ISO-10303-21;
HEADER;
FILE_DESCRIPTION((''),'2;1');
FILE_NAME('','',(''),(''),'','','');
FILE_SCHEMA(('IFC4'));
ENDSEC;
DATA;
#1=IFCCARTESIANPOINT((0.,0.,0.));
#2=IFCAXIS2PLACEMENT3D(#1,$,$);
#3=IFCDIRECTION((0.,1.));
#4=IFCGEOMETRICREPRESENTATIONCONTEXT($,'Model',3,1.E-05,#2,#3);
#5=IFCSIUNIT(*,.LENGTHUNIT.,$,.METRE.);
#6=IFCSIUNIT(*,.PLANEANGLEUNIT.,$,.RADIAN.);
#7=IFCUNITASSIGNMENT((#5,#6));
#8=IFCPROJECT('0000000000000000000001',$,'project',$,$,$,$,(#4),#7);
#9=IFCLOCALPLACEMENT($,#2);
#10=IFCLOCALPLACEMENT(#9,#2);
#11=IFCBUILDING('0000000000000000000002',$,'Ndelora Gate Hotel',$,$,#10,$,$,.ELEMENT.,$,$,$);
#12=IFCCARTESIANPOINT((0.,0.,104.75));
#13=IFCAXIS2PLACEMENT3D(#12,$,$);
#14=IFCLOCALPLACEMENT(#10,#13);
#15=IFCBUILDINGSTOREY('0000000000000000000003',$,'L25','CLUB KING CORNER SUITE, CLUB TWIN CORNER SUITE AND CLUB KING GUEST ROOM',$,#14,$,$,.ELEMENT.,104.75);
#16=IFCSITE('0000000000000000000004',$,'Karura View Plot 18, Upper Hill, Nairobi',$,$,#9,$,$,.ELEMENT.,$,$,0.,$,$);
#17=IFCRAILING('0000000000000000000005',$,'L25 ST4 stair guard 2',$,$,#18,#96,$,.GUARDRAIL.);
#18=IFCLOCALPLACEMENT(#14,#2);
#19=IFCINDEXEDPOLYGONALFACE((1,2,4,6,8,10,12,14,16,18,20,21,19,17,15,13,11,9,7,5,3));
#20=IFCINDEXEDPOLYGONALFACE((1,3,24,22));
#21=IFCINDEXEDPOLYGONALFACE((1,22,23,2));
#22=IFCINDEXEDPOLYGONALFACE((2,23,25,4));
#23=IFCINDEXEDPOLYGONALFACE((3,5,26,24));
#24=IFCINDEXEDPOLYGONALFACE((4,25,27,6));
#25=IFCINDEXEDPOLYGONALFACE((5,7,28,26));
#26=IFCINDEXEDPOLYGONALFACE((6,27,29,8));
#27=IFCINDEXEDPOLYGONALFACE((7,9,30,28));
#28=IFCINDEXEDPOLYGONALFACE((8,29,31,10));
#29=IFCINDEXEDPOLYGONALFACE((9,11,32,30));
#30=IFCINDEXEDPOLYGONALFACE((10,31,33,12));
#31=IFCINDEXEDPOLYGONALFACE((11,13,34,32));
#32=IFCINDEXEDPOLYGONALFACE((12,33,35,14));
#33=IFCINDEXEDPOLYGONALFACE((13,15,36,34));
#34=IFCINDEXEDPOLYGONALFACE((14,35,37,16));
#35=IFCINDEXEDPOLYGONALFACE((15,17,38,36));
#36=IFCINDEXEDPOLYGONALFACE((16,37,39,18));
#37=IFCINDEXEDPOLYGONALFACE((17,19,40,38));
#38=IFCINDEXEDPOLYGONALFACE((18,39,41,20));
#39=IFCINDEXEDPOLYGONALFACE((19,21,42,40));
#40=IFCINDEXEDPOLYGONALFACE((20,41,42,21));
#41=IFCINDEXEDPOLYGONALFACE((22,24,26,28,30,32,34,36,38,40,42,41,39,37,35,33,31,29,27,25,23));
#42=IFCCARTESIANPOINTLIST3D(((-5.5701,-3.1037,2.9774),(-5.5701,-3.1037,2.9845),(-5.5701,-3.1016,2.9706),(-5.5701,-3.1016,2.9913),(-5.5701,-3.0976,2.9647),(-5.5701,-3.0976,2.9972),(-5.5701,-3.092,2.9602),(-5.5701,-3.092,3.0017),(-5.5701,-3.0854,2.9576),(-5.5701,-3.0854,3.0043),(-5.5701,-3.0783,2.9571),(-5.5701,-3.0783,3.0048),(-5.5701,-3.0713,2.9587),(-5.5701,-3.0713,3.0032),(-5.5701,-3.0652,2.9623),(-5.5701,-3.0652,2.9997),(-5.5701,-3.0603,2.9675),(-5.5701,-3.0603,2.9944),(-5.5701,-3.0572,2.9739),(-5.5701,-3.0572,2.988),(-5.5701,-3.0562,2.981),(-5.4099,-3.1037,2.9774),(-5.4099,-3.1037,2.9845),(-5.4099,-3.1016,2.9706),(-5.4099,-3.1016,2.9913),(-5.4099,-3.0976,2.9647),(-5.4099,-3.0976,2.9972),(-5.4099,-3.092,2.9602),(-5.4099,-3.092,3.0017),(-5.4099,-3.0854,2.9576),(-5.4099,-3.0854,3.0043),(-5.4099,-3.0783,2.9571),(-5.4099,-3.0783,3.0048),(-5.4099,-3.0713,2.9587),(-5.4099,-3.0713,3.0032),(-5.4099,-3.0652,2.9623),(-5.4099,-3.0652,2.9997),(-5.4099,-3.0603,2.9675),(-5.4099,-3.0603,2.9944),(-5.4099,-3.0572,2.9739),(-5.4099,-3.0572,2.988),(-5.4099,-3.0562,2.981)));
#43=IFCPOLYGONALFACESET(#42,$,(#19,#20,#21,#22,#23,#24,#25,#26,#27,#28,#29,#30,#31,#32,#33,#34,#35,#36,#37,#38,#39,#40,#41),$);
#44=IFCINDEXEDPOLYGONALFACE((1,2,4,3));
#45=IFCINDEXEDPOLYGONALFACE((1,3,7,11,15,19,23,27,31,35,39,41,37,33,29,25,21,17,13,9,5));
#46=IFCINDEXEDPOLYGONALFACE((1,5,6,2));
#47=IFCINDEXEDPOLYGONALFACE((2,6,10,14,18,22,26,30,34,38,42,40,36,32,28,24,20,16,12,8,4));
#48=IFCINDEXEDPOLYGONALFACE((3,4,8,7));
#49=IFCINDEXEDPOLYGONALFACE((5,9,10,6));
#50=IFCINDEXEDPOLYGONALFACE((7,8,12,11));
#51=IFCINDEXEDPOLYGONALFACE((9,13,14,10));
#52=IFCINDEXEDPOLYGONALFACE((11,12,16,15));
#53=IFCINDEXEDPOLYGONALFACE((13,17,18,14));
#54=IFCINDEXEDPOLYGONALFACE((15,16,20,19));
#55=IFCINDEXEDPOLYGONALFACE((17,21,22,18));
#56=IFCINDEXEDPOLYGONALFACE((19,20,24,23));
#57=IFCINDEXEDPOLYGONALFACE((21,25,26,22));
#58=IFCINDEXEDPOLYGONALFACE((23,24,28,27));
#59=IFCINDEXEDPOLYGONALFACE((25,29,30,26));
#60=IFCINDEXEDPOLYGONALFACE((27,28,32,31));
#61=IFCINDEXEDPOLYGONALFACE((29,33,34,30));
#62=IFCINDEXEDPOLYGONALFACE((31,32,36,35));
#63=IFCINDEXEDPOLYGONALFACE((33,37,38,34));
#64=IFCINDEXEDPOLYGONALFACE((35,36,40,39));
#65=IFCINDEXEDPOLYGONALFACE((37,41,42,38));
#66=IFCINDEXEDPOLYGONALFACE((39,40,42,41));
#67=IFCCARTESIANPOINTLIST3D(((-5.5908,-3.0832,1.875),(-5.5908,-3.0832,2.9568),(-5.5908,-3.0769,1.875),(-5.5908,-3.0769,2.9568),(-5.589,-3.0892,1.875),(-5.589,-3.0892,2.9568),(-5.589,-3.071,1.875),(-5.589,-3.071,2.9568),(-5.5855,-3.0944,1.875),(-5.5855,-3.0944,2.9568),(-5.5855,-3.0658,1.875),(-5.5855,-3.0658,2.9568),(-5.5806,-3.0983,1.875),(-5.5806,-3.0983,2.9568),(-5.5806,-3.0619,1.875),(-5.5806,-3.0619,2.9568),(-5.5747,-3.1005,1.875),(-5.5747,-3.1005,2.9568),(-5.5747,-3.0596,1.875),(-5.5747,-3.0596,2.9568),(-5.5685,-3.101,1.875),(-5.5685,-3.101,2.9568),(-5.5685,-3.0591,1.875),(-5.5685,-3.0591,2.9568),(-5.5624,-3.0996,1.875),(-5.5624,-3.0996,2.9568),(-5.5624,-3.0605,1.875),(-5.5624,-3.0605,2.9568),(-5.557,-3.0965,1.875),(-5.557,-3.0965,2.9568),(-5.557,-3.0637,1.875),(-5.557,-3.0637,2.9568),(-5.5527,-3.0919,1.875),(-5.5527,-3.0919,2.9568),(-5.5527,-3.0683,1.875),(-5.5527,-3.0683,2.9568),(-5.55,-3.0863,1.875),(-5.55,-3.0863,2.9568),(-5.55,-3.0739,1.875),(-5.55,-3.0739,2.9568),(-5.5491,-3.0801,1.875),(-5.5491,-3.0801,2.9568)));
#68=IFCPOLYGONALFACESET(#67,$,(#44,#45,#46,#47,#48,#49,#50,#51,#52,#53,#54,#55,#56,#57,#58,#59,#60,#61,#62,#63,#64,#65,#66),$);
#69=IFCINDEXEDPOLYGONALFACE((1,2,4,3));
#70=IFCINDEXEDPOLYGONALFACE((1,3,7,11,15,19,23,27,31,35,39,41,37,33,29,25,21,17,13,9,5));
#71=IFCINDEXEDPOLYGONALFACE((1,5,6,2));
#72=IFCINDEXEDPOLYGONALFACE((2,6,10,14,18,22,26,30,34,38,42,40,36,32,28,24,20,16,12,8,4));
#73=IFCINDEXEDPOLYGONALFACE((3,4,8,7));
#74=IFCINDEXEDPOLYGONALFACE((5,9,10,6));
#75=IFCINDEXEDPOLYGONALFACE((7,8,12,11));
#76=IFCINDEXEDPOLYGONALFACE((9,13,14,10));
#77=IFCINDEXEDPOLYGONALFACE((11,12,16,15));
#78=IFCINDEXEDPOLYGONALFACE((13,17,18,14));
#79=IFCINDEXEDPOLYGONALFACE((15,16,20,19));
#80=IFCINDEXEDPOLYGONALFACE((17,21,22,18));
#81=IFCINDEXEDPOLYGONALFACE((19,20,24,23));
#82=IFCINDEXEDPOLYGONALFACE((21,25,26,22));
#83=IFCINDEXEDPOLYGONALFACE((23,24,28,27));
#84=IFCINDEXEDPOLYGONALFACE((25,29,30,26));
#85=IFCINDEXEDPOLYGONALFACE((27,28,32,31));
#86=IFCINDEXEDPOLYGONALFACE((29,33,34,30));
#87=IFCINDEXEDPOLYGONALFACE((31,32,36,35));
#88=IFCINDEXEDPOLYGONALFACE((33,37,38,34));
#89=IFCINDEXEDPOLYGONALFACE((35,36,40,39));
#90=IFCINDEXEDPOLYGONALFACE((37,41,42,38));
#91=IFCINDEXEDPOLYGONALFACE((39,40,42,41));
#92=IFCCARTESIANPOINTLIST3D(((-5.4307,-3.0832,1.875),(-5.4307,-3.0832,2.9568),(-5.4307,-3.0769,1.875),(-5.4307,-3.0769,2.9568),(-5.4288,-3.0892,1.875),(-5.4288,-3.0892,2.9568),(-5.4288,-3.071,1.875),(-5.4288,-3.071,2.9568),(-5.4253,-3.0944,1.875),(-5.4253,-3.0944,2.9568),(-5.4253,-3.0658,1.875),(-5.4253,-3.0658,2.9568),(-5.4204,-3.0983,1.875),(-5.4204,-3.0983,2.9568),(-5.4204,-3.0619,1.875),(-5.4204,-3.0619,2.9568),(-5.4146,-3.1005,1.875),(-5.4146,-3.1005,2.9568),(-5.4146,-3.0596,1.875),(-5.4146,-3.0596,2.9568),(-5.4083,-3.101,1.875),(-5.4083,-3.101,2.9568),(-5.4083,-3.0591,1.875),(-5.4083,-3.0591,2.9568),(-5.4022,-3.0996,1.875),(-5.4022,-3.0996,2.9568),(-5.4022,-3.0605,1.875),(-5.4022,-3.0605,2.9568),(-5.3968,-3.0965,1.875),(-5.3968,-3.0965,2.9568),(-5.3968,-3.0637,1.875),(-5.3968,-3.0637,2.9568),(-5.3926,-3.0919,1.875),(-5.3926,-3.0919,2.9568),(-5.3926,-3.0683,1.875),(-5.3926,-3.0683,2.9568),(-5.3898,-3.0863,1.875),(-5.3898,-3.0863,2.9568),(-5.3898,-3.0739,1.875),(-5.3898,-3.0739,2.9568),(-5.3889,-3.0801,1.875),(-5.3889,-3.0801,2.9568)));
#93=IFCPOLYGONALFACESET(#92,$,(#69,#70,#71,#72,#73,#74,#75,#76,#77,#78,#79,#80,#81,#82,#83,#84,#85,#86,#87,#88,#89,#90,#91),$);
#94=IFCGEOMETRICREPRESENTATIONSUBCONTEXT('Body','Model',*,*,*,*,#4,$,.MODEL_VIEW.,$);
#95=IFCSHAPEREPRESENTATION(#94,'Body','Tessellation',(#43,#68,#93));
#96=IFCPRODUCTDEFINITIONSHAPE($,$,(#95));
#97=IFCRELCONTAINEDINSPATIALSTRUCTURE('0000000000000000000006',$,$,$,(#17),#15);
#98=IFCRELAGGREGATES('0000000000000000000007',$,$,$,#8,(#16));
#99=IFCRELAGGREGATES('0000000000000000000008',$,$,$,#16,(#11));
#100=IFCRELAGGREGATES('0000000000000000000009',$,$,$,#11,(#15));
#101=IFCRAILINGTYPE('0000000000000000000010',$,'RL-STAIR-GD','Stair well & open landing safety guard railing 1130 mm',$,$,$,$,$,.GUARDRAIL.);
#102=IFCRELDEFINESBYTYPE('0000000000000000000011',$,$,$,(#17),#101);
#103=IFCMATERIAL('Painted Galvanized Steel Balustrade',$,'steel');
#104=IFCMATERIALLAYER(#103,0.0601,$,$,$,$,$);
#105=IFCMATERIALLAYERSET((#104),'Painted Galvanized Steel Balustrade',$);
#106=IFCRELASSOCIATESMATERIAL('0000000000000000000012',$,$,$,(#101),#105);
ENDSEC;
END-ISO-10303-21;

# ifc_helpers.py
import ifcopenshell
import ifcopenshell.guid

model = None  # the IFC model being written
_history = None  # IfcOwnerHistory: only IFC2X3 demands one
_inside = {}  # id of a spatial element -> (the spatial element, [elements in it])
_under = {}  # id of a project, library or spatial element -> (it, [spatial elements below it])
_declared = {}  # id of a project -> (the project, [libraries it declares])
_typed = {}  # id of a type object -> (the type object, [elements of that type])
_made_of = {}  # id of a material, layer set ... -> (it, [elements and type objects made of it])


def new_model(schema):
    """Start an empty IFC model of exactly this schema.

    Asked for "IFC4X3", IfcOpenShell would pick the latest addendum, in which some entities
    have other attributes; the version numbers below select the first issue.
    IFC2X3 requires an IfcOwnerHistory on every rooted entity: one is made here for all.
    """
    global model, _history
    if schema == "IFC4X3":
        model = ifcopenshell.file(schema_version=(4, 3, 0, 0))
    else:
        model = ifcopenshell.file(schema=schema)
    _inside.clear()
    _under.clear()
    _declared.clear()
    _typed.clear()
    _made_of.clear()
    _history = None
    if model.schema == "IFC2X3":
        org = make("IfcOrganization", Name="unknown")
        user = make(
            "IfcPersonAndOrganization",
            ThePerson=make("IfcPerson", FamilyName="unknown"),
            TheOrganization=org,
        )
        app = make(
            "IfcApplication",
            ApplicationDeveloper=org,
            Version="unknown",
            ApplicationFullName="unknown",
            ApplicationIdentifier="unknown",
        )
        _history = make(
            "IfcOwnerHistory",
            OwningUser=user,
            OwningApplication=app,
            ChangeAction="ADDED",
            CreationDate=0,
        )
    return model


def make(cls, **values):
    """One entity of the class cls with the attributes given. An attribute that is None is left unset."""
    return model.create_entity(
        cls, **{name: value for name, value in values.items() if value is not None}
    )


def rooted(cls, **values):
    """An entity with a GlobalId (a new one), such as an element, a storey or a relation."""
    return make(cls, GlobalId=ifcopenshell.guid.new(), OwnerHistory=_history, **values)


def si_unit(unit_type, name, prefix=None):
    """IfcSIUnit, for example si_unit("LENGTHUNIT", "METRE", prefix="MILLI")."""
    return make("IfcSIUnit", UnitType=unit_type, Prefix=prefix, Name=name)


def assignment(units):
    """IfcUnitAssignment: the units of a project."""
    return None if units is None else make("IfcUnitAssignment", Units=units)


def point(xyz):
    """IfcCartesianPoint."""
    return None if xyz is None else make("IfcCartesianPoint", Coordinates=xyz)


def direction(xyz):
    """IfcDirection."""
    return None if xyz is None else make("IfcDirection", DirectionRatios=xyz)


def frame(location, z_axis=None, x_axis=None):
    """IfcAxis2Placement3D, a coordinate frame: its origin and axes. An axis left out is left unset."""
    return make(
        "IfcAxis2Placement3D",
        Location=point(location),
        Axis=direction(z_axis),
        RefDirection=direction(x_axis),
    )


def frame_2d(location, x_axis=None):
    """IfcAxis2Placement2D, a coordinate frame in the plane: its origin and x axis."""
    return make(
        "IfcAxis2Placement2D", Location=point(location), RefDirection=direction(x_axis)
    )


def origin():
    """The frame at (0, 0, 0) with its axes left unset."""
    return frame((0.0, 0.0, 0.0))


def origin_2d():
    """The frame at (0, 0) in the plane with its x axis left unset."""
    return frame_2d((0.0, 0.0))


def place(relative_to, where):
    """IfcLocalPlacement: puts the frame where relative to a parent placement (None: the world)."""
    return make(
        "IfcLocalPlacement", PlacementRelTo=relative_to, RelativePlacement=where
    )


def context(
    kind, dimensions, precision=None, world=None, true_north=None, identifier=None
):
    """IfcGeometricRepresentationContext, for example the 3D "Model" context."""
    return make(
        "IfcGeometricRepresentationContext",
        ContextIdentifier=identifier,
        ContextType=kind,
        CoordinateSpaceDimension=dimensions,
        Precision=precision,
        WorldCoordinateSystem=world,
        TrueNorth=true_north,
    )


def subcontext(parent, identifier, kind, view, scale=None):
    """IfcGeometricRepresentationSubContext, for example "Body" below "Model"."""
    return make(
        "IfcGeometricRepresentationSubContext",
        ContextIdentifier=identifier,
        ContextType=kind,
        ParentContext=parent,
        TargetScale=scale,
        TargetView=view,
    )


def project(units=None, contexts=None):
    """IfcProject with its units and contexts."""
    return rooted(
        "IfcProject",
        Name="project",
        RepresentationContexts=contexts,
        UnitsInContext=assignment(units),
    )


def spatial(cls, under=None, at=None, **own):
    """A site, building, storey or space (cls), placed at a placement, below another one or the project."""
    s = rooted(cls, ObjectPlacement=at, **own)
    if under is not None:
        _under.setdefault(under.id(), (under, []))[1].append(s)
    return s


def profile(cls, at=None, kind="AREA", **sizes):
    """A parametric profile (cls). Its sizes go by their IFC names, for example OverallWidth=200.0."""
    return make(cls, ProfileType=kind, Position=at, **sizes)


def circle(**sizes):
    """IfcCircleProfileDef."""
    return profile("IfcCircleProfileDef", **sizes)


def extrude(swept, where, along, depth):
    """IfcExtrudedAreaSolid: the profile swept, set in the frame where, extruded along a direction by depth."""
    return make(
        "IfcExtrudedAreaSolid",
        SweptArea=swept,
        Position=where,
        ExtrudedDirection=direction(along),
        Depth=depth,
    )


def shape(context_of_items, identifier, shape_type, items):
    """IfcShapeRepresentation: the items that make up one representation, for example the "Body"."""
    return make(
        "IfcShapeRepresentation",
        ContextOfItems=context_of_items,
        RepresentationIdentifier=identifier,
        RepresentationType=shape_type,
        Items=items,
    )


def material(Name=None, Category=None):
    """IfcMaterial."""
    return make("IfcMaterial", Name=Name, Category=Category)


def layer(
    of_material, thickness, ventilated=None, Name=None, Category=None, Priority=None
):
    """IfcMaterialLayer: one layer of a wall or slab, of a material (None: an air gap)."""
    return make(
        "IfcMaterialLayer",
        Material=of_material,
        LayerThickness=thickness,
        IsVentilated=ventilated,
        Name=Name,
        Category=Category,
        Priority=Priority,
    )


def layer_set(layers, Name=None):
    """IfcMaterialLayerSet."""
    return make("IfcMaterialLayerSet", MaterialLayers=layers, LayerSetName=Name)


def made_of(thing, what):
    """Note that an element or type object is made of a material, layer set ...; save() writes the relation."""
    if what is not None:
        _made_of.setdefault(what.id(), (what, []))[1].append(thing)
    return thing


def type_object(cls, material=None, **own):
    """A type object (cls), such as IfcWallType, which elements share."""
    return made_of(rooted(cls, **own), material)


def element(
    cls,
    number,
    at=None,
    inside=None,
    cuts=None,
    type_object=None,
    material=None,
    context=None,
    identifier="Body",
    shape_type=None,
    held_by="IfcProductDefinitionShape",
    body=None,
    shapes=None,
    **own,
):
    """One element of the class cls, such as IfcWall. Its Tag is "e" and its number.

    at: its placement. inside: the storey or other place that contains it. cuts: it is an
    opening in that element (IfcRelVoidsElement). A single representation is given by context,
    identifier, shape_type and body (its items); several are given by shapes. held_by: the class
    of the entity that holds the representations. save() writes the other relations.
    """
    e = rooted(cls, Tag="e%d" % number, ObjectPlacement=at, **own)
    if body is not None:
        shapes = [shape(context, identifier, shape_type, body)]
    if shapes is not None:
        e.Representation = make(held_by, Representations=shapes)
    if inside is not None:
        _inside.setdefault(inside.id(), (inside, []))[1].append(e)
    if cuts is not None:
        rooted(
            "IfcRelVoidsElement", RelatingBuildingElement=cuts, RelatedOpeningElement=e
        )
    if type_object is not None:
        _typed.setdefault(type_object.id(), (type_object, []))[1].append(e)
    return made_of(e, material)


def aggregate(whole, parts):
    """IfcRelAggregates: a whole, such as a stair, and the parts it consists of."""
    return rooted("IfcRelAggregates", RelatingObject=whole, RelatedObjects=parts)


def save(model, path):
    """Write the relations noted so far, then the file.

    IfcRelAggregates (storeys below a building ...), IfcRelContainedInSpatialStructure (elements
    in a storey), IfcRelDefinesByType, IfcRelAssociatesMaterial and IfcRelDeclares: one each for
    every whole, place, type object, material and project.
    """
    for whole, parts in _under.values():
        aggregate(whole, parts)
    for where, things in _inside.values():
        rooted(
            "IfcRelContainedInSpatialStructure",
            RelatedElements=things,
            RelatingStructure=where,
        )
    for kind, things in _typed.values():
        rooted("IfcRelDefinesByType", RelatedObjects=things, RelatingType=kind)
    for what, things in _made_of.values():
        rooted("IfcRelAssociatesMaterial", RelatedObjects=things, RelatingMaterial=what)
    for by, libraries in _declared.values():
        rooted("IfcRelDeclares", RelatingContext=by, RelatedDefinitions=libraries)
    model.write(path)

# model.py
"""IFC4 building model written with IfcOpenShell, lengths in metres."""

from ifc_helpers import new_model, si_unit, direction, frame, origin, origin_2d, place, context, subcontext, project, spatial, circle, extrude, material, layer, layer_set, type_object, element, save


model = new_model("IFC4")

# Units and contexts
model_context = context("Model", 3, precision=1e-05, world=origin(), true_north=direction((0.0, 1.0)))
body_context = subcontext(model_context, "Body", "Model", "MODEL_VIEW")
ifc_project = project(units=[si_unit("LENGTHUNIT", "METRE"), si_unit("PLANEANGLEUNIT", "RADIAN")], contexts=[model_context])

# Site, building, storey
site_placement = place(None, origin())
site = spatial("IfcSite", under=ifc_project, at=site_placement, Name="Karura View Plot 18, Upper Hill, Nairobi", CompositionType="ELEMENT", RefElevation=0.0)
building_placement = place(site_placement, origin())
building = spatial("IfcBuilding", under=site, at=building_placement, Name="Ndelora Gate Hotel", CompositionType="ELEMENT")
storey_placement = place(building_placement, frame((0.0, 0.0, 104.75)))
storey = spatial("IfcBuildingStorey", under=building, at=storey_placement, Name="L25", Description="CLUB KING CORNER SUITE, CLUB TWIN CORNER SUITE AND CLUB KING GUEST ROOM", CompositionType="ELEMENT", Elevation=104.75)

# Railing
ifc_material_1 = material(Name="Painted Galvanized Steel Balustrade", Category="steel")
ifc_layer_1 = layer(ifc_material_1, 0.0601)
ifc_layer_set_1 = layer_set([ifc_layer_1], Name="Painted Galvanized Steel Balustrade")
railing_type_1 = type_object("IfcRailingType", Name="RL-STAIR-GD", Description="Stair well & open landing safety guard railing 1130 mm", PredefinedType="GUARDRAIL", material=ifc_layer_set_1)
railing_1_placement = place(storey_placement, frame((-5.5701, -3.0801, 1.875)))
element("IfcRailing", 1, at=railing_1_placement, inside=storey, type_object=railing_type_1, Name="L25 ST4 stair guard 2", PredefinedType="GUARDRAIL", context=body_context, shape_type="SweptSolid", body=[
    extrude(circle(Radius=0.0239, at=origin_2d()), frame((0.0, 0.0, 1.106), z_axis=(1.0, 0.0, 0.0), x_axis=(0.0, 1.0, 0.0)), (0.0, 0.0, 1.0), 0.1602),
    extrude(circle(Radius=0.021, at=origin_2d()), origin(), (0.0, 0.0, 1.0), 1.0818),
    extrude(circle(Radius=0.021, at=origin_2d()), frame((0.1602, 0.0, 0.0)), (0.0, 0.0, 1.0), 1.0818),
])

save(model, "model.ifc")
